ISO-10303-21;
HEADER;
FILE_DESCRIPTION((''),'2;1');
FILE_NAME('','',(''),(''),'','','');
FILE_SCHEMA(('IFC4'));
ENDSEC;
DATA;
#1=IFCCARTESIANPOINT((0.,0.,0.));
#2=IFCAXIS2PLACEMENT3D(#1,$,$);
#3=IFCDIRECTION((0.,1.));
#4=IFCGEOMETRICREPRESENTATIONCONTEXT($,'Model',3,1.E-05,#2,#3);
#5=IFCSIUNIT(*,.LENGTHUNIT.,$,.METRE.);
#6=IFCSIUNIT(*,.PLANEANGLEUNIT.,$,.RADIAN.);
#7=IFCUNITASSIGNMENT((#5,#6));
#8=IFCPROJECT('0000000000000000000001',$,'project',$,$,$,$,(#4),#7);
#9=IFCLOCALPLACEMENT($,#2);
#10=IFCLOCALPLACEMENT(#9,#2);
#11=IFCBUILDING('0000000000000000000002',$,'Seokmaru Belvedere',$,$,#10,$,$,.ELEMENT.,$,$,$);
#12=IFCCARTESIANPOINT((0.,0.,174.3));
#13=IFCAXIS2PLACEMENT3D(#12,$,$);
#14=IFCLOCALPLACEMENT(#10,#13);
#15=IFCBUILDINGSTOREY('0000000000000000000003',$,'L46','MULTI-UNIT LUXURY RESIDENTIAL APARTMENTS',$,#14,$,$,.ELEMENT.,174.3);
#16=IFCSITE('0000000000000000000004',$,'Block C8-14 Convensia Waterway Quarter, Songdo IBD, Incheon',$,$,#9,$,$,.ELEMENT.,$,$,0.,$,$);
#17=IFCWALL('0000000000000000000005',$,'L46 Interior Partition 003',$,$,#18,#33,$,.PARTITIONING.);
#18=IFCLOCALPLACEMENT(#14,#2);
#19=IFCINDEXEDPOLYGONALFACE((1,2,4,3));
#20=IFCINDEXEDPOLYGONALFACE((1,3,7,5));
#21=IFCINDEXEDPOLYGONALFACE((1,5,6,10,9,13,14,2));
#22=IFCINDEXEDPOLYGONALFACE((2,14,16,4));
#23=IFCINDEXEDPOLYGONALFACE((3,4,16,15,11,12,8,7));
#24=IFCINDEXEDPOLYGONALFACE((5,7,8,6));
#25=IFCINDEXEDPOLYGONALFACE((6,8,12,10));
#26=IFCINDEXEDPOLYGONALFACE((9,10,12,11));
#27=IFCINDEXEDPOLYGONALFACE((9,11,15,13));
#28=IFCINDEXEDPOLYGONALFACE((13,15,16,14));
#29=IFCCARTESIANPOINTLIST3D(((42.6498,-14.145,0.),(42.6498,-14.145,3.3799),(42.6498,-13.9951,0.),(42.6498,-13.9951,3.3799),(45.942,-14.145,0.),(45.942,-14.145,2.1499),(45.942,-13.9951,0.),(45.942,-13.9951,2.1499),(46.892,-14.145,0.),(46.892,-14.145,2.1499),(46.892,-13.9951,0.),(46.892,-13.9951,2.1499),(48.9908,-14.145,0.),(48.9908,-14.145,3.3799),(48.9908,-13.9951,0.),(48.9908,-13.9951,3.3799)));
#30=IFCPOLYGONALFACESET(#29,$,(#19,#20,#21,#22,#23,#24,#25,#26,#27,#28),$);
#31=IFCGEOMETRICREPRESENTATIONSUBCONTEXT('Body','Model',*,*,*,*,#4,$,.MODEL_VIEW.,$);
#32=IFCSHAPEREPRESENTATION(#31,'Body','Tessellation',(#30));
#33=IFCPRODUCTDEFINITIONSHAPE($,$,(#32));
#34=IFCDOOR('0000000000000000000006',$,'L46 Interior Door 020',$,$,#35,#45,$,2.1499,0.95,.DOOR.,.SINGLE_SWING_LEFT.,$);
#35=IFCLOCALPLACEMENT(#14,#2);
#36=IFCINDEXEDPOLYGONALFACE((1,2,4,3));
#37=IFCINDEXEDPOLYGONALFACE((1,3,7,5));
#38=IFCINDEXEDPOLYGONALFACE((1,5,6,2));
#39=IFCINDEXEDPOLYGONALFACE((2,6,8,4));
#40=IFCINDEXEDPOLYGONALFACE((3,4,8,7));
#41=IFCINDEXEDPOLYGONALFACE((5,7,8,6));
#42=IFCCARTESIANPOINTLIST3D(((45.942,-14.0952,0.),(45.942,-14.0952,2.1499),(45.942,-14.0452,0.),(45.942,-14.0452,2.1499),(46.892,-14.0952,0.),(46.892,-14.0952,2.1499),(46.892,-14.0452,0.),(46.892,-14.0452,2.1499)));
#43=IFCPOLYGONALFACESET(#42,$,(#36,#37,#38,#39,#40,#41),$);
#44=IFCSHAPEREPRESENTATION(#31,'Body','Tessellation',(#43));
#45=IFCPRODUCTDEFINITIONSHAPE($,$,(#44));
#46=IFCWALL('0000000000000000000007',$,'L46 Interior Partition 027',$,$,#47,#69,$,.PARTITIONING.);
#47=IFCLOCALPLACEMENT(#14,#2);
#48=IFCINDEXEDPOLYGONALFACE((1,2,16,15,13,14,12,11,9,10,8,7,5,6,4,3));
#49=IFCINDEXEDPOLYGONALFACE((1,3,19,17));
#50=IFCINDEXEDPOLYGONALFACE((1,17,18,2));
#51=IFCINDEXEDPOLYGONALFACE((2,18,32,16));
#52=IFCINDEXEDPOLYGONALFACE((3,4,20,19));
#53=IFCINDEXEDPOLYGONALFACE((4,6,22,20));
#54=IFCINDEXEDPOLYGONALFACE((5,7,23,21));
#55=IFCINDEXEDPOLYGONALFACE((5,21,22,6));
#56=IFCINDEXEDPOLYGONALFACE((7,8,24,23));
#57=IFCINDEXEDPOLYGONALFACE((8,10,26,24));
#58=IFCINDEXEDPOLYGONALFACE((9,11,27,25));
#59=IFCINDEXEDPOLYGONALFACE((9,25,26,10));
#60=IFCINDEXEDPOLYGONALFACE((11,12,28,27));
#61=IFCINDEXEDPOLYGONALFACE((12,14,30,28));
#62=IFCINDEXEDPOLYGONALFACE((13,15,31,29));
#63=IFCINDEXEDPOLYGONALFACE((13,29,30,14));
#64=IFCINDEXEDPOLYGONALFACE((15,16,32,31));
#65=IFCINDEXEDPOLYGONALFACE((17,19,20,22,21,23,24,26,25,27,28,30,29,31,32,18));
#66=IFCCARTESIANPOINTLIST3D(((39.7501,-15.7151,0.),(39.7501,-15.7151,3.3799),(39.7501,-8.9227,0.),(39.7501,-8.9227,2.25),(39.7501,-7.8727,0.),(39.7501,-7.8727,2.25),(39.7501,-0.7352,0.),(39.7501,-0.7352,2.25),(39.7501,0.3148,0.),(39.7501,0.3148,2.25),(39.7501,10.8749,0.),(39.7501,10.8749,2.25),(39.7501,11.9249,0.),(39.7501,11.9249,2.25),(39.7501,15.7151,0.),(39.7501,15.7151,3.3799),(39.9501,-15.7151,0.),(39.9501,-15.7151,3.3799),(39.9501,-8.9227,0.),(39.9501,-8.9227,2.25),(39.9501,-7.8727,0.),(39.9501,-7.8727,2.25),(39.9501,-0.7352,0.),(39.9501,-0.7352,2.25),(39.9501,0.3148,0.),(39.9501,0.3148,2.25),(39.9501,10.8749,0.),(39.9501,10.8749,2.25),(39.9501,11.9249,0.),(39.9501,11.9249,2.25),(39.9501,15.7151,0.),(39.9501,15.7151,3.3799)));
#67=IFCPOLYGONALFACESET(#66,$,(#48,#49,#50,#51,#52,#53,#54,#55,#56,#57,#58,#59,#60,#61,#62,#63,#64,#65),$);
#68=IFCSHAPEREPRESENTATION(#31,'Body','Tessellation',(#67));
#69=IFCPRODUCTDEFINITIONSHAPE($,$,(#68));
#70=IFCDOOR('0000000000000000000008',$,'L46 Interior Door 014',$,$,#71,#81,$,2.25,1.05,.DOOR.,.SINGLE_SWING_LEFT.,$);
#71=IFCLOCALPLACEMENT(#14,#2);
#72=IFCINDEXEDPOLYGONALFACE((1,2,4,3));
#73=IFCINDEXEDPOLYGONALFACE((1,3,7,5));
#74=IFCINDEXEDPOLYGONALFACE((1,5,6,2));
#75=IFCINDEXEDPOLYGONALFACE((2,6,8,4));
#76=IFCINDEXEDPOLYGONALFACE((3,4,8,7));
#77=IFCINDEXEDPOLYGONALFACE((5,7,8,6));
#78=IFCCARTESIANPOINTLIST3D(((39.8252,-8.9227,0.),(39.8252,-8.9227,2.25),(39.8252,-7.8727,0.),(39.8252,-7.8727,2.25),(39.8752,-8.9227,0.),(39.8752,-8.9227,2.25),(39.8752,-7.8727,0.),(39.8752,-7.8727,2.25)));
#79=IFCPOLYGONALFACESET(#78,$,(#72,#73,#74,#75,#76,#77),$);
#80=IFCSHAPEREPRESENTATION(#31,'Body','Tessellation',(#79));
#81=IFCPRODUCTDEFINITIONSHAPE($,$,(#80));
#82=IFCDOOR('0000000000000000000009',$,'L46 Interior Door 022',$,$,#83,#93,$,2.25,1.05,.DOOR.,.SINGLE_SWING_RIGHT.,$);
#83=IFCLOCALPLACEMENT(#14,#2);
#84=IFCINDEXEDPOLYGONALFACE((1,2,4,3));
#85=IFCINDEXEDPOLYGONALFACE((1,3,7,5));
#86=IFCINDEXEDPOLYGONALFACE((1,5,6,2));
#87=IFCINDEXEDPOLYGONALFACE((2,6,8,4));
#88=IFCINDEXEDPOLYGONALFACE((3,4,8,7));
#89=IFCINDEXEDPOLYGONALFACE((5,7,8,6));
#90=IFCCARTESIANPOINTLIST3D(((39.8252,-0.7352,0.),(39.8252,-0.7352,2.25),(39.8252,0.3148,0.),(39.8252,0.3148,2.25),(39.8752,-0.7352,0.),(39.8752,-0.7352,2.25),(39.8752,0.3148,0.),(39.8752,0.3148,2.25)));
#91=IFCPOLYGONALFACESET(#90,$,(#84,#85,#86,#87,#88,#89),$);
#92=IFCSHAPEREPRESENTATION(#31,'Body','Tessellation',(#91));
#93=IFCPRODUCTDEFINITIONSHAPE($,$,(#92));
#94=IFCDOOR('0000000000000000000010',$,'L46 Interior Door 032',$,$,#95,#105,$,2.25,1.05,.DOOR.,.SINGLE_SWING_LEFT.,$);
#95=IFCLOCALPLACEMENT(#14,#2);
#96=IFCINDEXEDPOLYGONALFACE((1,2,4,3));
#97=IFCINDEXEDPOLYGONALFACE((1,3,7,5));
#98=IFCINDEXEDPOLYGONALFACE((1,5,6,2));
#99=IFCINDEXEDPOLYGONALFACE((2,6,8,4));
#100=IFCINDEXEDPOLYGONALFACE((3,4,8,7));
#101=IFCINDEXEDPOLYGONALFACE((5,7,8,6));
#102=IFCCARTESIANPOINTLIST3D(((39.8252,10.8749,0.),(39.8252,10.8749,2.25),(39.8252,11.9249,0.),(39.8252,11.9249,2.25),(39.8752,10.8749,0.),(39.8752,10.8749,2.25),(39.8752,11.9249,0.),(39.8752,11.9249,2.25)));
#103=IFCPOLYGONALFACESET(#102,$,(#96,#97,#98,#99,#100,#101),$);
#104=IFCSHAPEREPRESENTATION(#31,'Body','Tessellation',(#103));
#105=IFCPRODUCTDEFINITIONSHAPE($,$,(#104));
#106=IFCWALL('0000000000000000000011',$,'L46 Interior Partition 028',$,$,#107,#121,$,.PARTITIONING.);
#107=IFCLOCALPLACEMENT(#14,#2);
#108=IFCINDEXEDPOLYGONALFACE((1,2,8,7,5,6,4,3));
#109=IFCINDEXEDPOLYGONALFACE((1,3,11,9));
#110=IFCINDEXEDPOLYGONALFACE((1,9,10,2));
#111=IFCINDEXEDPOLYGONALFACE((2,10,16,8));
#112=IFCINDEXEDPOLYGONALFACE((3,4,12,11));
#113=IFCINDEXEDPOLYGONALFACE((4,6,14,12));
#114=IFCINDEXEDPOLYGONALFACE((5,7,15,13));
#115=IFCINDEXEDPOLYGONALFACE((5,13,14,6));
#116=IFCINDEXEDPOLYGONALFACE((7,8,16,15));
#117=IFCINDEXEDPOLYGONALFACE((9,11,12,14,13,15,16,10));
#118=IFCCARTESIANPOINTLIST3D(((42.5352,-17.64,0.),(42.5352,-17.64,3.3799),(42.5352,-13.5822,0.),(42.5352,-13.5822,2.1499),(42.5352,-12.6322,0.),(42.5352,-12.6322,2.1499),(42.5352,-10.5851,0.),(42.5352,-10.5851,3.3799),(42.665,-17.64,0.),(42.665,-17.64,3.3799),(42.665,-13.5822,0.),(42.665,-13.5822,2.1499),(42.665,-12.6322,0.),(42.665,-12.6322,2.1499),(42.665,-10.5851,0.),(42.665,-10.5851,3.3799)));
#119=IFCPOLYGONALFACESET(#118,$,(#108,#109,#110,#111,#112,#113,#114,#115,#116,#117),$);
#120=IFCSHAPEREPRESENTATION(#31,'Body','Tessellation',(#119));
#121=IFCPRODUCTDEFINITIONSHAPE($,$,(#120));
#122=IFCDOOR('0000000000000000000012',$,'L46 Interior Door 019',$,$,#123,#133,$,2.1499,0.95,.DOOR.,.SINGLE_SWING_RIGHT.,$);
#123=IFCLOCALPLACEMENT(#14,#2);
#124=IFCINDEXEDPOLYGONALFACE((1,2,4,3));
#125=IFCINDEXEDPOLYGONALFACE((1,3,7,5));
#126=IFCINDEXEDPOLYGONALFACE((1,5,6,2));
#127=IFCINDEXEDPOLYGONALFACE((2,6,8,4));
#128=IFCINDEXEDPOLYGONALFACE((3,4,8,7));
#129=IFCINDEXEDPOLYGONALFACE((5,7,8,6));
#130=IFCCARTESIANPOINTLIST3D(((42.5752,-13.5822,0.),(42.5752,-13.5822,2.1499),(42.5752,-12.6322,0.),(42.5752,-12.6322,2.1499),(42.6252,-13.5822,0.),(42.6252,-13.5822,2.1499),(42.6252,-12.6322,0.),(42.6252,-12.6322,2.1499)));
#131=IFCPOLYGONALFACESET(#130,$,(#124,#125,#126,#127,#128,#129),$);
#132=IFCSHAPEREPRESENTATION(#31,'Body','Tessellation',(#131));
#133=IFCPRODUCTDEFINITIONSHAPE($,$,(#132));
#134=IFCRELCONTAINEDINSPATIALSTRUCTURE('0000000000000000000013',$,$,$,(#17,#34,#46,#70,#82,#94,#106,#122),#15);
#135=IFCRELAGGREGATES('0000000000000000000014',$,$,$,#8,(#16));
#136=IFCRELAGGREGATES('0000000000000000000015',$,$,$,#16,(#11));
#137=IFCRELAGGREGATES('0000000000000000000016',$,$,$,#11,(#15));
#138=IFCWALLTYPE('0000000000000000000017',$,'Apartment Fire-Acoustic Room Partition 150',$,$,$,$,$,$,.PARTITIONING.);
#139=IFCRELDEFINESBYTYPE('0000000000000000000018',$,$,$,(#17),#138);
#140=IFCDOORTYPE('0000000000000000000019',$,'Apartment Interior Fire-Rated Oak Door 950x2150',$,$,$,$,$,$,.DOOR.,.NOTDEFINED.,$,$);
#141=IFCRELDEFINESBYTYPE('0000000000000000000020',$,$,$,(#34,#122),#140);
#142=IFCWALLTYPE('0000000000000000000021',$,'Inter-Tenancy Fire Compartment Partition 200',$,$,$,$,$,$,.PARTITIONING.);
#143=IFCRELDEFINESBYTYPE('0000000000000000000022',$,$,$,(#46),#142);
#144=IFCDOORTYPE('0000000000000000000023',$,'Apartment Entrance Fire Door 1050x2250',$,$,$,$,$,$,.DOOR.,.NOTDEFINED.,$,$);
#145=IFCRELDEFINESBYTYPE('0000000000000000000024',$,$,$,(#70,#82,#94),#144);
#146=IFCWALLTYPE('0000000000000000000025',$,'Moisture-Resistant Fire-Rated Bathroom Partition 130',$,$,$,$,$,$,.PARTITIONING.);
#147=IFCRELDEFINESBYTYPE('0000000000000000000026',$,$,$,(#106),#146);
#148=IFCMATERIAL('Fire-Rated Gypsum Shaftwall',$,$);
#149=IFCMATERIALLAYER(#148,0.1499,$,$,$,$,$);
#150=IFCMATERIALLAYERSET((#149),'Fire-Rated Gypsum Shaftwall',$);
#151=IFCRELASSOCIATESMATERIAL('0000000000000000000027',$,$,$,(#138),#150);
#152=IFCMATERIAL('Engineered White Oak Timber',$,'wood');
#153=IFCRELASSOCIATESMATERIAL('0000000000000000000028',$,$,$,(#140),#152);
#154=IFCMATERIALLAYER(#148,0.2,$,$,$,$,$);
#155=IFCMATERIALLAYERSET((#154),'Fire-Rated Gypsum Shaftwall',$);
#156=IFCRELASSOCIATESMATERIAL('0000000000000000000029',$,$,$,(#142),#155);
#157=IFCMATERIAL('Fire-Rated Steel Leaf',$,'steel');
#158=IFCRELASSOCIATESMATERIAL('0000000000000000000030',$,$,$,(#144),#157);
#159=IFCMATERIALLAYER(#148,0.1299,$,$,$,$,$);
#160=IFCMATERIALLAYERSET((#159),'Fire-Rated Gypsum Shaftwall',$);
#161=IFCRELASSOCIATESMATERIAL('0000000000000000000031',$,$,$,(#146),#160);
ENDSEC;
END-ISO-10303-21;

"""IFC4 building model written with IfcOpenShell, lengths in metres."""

from ifc_helpers import new_model, si_unit, direction, frame, frame_2d, origin, place, context, subcontext, project, spatial, rectangle, extrude, source, transform, mapped, material, layer, layer_set, type_object, type_shapes, element, fill, save


model = new_model("IFC4")

# Units and contexts
model_context = context("Model", 3, precision=1e-05, world=origin(), true_north=direction((0.0, 1.0)))
body_context = subcontext(model_context, "Body", "Model", "MODEL_VIEW")
ifc_project = project(units=[si_unit("LENGTHUNIT", "METRE"), si_unit("PLANEANGLEUNIT", "RADIAN")], contexts=[model_context])

# Site, building, storey
site_placement = place(None, origin())
site = spatial("IfcSite", under=ifc_project, at=site_placement, Name="Block C8-14 Convensia Waterway Quarter, Songdo IBD, Incheon", CompositionType="ELEMENT", RefElevation=0.0)
building_placement = place(site_placement, origin())
building = spatial("IfcBuilding", under=site, at=building_placement, Name="Seokmaru Belvedere", CompositionType="ELEMENT")
storey_placement = place(building_placement, frame((0.0, 0.0, 174.3)))
storey = spatial("IfcBuildingStorey", under=building, at=storey_placement, Name="L46", Description="MULTI-UNIT LUXURY RESIDENTIAL APARTMENTS", CompositionType="ELEMENT", Elevation=174.3)

# Wall, opening, door
ifc_material_1 = material(Name="Fire-Rated Gypsum Shaftwall")
ifc_layer_1 = layer(ifc_material_1, 0.1499)
ifc_layer_set_1 = layer_set([ifc_layer_1], Name="Fire-Rated Gypsum Shaftwall")
wall_type_1 = type_object("IfcWallType", Name="Apartment Fire-Acoustic Room Partition 150", PredefinedType="PARTITIONING", material=ifc_layer_set_1)
wall_1_placement = place(storey_placement, frame((42.6499, -14.0701, 0.0), z_axis=(0.0, 0.0, 1.0), x_axis=(1.0, 0.0, 0.0)))
wall_1 = element("IfcWall", 1, at=wall_1_placement, inside=storey, type_object=wall_type_1, Name="L46 Interior Partition 003", PredefinedType="PARTITIONING", context=body_context, shape_type="SweptSolid", body=[
    extrude(rectangle(XDim=6.3411, YDim=0.1499, at=frame_2d((3.1704, 0.0))), origin(), (0.0, 0.0, 1.0), 3.3799),
])
opening_1_placement = place(wall_1_placement, frame((3.292, 0.0, 0.0)))
opening_1 = element("IfcOpeningElement", 2, at=opening_1_placement, cuts=wall_1, PredefinedType="OPENING", context=body_context, shape_type="SweptSolid", body=[
    extrude(rectangle(XDim=0.95, YDim=2.1499, at=frame_2d((0.4751, 1.075))), frame((0.0, 0.085, 0.0), z_axis=(0.0, -1.0, 0.0), x_axis=(1.0, 0.0, 0.0)), (0.0, 0.0, 1.0), 0.1699),
])
ifc_material_2 = material(Name="Engineered White Oak Timber", Category="wood")
door_type_1 = type_object("IfcDoorType", Name="Apartment Interior Fire-Rated Oak Door 950x2150", OperationType="NOTDEFINED", PredefinedType="DOOR", material=ifc_material_2)
shared_shape_1 = source(origin(), body_context, "Body", "SweptSolid", [
    extrude(rectangle(XDim=0.95, YDim=2.1499, at=frame_2d((0.4751, 1.075))), frame((0.0, 0.0249, 0.0), z_axis=(0.0, -1.0, 0.0), x_axis=(1.0, 0.0, 0.0)), (0.0, 0.0, 1.0), 0.05),
])
type_shapes(door_type_1, [shared_shape_1])
door_1_placement = place(opening_1_placement, origin())
door_1 = element("IfcDoor", 3, at=door_1_placement, inside=storey, type_object=door_type_1, Name="L46 Interior Door 020", OperationType="SINGLE_SWING_LEFT", OverallHeight=2.1499, OverallWidth=0.95, PredefinedType="DOOR", context=body_context, shape_type="MappedRepresentation", body=[
    mapped(shared_shape_1, transform((0.0, 0.0, 0.0), scale=1.0)),
])
fill(opening_1, door_1)

# Wall, openings, doors
ifc_layer_2 = layer(ifc_material_1, 0.2)
ifc_layer_set_2 = layer_set([ifc_layer_2], Name="Fire-Rated Gypsum Shaftwall")
wall_type_2 = type_object("IfcWallType", Name="Inter-Tenancy Fire Compartment Partition 200", PredefinedType="PARTITIONING", material=ifc_layer_set_2)
wall_2_placement = place(storey_placement, frame((39.8501, -15.7151, 0.0), z_axis=(0.0, 0.0, 1.0), x_axis=(0.0, 1.0, 0.0)))
wall_2 = element("IfcWall", 4, at=wall_2_placement, inside=storey, type_object=wall_type_2, Name="L46 Interior Partition 027", PredefinedType="PARTITIONING", context=body_context, shape_type="SweptSolid", body=[
    extrude(rectangle(XDim=31.4302, YDim=0.2, at=frame_2d((15.7151, 0.0))), origin(), (0.0, 0.0, 1.0), 3.3799),
])
opening_2_placement = place(wall_2_placement, frame((6.7925, 0.0, 0.0)))
opening_2 = element("IfcOpeningElement", 5, at=opening_2_placement, cuts=wall_2, PredefinedType="OPENING", context=body_context, shape_type="SweptSolid", body=[
    extrude(rectangle(XDim=1.05, YDim=2.25, at=frame_2d((0.5249, 1.125))), frame((0.0, 0.1099, 0.0), z_axis=(0.0, -1.0, 0.0), x_axis=(1.0, 0.0, 0.0)), (0.0, 0.0, 1.0), 0.22),
])
opening_3_placement = place(wall_2_placement, frame((14.98, 0.0, 0.0)))
opening_3 = element("IfcOpeningElement", 6, at=opening_3_placement, cuts=wall_2, PredefinedType="OPENING", context=body_context, shape_type="SweptSolid", body=[
    extrude(rectangle(XDim=1.05, YDim=2.25, at=frame_2d((0.5249, 1.125))), frame((0.0, 0.1099, 0.0), z_axis=(0.0, -1.0, 0.0), x_axis=(1.0, 0.0, 0.0)), (0.0, 0.0, 1.0), 0.22),
])
opening_4_placement = place(wall_2_placement, frame((26.5901, 0.0, 0.0)))
opening_4 = element("IfcOpeningElement", 7, at=opening_4_placement, cuts=wall_2, PredefinedType="OPENING", context=body_context, shape_type="SweptSolid", body=[
    extrude(rectangle(XDim=1.05, YDim=2.25, at=frame_2d((0.5249, 1.125))), frame((0.0, 0.1099, 0.0), z_axis=(0.0, -1.0, 0.0), x_axis=(1.0, 0.0, 0.0)), (0.0, 0.0, 1.0), 0.22),
])
ifc_material_3 = material(Name="Fire-Rated Steel Leaf", Category="steel")
door_type_2 = type_object("IfcDoorType", Name="Apartment Entrance Fire Door 1050x2250", OperationType="NOTDEFINED", PredefinedType="DOOR", material=ifc_material_3)
shared_shape_2 = source(origin(), body_context, "Body", "SweptSolid", [
    extrude(rectangle(XDim=1.05, YDim=2.25, at=frame_2d((0.5249, 1.125))), frame((0.0, 0.0249, 0.0), z_axis=(0.0, -1.0, 0.0), x_axis=(1.0, 0.0, 0.0)), (0.0, 0.0, 1.0), 0.05),
])
type_shapes(door_type_2, [shared_shape_2])
door_2_placement = place(opening_2_placement, origin())
door_2 = element("IfcDoor", 8, at=door_2_placement, inside=storey, type_object=door_type_2, Name="L46 Interior Door 014", OperationType="SINGLE_SWING_LEFT", OverallHeight=2.25, OverallWidth=1.05, PredefinedType="DOOR", context=body_context, shape_type="MappedRepresentation", body=[
    mapped(shared_shape_2, transform((0.0, 0.0, 0.0), scale=1.0)),
])
fill(opening_2, door_2)
door_3_placement = place(opening_3_placement, origin())
door_3 = element("IfcDoor", 9, at=door_3_placement, inside=storey, type_object=door_type_2, Name="L46 Interior Door 022", OperationType="SINGLE_SWING_RIGHT", OverallHeight=2.25, OverallWidth=1.05, PredefinedType="DOOR", context=body_context, shape_type="MappedRepresentation", body=[
    mapped(shared_shape_2, transform((0.0, 0.0, 0.0), scale=1.0)),
])
fill(opening_3, door_3)
door_4_placement = place(opening_4_placement, origin())
door_4 = element("IfcDoor", 10, at=door_4_placement, inside=storey, type_object=door_type_2, Name="L46 Interior Door 032", OperationType="SINGLE_SWING_LEFT", OverallHeight=2.25, OverallWidth=1.05, PredefinedType="DOOR", context=body_context, shape_type="MappedRepresentation", body=[
    mapped(shared_shape_2, transform((0.0, 0.0, 0.0), scale=1.0)),
])
fill(opening_4, door_4)

# Wall, opening, door
ifc_layer_3 = layer(ifc_material_1, 0.1299)
ifc_layer_set_3 = layer_set([ifc_layer_3], Name="Fire-Rated Gypsum Shaftwall")
wall_type_3 = type_object("IfcWallType", Name="Moisture-Resistant Fire-Rated Bathroom Partition 130", PredefinedType="PARTITIONING", material=ifc_layer_set_3)
wall_3_placement = place(storey_placement, frame((42.6001, -17.6399, 0.0), z_axis=(0.0, 0.0, 1.0), x_axis=(0.0, 1.0, 0.0)))
wall_3 = element("IfcWall", 11, at=wall_3_placement, inside=storey, type_object=wall_type_3, Name="L46 Interior Partition 028", PredefinedType="PARTITIONING", context=body_context, shape_type="SweptSolid", body=[
    extrude(rectangle(XDim=7.0549, YDim=0.1299, at=frame_2d((3.5273, 0.0))), origin(), (0.0, 0.0, 1.0), 3.3799),
])
opening_5_placement = place(wall_3_placement, frame((4.0576, 0.0, 0.0)))
opening_5 = element("IfcOpeningElement", 12, at=opening_5_placement, cuts=wall_3, PredefinedType="OPENING", context=body_context, shape_type="SweptSolid", body=[
    extrude(rectangle(XDim=0.95, YDim=2.1499, at=frame_2d((0.4751, 1.075))), frame((0.0, 0.075, 0.0), z_axis=(0.0, -1.0, 0.0), x_axis=(1.0, 0.0, 0.0)), (0.0, 0.0, 1.0), 0.1499),
])
door_5_placement = place(opening_5_placement, origin())
door_5 = element("IfcDoor", 13, at=door_5_placement, inside=storey, type_object=door_type_1, Name="L46 Interior Door 019", OperationType="SINGLE_SWING_RIGHT", OverallHeight=2.1499, OverallWidth=0.95, PredefinedType="DOOR", context=body_context, shape_type="MappedRepresentation", body=[
    mapped(shared_shape_1, transform((0.0, 0.0, 0.0), scale=1.0)),
])
fill(opening_5, door_5)

save(model, "model.ifc")
